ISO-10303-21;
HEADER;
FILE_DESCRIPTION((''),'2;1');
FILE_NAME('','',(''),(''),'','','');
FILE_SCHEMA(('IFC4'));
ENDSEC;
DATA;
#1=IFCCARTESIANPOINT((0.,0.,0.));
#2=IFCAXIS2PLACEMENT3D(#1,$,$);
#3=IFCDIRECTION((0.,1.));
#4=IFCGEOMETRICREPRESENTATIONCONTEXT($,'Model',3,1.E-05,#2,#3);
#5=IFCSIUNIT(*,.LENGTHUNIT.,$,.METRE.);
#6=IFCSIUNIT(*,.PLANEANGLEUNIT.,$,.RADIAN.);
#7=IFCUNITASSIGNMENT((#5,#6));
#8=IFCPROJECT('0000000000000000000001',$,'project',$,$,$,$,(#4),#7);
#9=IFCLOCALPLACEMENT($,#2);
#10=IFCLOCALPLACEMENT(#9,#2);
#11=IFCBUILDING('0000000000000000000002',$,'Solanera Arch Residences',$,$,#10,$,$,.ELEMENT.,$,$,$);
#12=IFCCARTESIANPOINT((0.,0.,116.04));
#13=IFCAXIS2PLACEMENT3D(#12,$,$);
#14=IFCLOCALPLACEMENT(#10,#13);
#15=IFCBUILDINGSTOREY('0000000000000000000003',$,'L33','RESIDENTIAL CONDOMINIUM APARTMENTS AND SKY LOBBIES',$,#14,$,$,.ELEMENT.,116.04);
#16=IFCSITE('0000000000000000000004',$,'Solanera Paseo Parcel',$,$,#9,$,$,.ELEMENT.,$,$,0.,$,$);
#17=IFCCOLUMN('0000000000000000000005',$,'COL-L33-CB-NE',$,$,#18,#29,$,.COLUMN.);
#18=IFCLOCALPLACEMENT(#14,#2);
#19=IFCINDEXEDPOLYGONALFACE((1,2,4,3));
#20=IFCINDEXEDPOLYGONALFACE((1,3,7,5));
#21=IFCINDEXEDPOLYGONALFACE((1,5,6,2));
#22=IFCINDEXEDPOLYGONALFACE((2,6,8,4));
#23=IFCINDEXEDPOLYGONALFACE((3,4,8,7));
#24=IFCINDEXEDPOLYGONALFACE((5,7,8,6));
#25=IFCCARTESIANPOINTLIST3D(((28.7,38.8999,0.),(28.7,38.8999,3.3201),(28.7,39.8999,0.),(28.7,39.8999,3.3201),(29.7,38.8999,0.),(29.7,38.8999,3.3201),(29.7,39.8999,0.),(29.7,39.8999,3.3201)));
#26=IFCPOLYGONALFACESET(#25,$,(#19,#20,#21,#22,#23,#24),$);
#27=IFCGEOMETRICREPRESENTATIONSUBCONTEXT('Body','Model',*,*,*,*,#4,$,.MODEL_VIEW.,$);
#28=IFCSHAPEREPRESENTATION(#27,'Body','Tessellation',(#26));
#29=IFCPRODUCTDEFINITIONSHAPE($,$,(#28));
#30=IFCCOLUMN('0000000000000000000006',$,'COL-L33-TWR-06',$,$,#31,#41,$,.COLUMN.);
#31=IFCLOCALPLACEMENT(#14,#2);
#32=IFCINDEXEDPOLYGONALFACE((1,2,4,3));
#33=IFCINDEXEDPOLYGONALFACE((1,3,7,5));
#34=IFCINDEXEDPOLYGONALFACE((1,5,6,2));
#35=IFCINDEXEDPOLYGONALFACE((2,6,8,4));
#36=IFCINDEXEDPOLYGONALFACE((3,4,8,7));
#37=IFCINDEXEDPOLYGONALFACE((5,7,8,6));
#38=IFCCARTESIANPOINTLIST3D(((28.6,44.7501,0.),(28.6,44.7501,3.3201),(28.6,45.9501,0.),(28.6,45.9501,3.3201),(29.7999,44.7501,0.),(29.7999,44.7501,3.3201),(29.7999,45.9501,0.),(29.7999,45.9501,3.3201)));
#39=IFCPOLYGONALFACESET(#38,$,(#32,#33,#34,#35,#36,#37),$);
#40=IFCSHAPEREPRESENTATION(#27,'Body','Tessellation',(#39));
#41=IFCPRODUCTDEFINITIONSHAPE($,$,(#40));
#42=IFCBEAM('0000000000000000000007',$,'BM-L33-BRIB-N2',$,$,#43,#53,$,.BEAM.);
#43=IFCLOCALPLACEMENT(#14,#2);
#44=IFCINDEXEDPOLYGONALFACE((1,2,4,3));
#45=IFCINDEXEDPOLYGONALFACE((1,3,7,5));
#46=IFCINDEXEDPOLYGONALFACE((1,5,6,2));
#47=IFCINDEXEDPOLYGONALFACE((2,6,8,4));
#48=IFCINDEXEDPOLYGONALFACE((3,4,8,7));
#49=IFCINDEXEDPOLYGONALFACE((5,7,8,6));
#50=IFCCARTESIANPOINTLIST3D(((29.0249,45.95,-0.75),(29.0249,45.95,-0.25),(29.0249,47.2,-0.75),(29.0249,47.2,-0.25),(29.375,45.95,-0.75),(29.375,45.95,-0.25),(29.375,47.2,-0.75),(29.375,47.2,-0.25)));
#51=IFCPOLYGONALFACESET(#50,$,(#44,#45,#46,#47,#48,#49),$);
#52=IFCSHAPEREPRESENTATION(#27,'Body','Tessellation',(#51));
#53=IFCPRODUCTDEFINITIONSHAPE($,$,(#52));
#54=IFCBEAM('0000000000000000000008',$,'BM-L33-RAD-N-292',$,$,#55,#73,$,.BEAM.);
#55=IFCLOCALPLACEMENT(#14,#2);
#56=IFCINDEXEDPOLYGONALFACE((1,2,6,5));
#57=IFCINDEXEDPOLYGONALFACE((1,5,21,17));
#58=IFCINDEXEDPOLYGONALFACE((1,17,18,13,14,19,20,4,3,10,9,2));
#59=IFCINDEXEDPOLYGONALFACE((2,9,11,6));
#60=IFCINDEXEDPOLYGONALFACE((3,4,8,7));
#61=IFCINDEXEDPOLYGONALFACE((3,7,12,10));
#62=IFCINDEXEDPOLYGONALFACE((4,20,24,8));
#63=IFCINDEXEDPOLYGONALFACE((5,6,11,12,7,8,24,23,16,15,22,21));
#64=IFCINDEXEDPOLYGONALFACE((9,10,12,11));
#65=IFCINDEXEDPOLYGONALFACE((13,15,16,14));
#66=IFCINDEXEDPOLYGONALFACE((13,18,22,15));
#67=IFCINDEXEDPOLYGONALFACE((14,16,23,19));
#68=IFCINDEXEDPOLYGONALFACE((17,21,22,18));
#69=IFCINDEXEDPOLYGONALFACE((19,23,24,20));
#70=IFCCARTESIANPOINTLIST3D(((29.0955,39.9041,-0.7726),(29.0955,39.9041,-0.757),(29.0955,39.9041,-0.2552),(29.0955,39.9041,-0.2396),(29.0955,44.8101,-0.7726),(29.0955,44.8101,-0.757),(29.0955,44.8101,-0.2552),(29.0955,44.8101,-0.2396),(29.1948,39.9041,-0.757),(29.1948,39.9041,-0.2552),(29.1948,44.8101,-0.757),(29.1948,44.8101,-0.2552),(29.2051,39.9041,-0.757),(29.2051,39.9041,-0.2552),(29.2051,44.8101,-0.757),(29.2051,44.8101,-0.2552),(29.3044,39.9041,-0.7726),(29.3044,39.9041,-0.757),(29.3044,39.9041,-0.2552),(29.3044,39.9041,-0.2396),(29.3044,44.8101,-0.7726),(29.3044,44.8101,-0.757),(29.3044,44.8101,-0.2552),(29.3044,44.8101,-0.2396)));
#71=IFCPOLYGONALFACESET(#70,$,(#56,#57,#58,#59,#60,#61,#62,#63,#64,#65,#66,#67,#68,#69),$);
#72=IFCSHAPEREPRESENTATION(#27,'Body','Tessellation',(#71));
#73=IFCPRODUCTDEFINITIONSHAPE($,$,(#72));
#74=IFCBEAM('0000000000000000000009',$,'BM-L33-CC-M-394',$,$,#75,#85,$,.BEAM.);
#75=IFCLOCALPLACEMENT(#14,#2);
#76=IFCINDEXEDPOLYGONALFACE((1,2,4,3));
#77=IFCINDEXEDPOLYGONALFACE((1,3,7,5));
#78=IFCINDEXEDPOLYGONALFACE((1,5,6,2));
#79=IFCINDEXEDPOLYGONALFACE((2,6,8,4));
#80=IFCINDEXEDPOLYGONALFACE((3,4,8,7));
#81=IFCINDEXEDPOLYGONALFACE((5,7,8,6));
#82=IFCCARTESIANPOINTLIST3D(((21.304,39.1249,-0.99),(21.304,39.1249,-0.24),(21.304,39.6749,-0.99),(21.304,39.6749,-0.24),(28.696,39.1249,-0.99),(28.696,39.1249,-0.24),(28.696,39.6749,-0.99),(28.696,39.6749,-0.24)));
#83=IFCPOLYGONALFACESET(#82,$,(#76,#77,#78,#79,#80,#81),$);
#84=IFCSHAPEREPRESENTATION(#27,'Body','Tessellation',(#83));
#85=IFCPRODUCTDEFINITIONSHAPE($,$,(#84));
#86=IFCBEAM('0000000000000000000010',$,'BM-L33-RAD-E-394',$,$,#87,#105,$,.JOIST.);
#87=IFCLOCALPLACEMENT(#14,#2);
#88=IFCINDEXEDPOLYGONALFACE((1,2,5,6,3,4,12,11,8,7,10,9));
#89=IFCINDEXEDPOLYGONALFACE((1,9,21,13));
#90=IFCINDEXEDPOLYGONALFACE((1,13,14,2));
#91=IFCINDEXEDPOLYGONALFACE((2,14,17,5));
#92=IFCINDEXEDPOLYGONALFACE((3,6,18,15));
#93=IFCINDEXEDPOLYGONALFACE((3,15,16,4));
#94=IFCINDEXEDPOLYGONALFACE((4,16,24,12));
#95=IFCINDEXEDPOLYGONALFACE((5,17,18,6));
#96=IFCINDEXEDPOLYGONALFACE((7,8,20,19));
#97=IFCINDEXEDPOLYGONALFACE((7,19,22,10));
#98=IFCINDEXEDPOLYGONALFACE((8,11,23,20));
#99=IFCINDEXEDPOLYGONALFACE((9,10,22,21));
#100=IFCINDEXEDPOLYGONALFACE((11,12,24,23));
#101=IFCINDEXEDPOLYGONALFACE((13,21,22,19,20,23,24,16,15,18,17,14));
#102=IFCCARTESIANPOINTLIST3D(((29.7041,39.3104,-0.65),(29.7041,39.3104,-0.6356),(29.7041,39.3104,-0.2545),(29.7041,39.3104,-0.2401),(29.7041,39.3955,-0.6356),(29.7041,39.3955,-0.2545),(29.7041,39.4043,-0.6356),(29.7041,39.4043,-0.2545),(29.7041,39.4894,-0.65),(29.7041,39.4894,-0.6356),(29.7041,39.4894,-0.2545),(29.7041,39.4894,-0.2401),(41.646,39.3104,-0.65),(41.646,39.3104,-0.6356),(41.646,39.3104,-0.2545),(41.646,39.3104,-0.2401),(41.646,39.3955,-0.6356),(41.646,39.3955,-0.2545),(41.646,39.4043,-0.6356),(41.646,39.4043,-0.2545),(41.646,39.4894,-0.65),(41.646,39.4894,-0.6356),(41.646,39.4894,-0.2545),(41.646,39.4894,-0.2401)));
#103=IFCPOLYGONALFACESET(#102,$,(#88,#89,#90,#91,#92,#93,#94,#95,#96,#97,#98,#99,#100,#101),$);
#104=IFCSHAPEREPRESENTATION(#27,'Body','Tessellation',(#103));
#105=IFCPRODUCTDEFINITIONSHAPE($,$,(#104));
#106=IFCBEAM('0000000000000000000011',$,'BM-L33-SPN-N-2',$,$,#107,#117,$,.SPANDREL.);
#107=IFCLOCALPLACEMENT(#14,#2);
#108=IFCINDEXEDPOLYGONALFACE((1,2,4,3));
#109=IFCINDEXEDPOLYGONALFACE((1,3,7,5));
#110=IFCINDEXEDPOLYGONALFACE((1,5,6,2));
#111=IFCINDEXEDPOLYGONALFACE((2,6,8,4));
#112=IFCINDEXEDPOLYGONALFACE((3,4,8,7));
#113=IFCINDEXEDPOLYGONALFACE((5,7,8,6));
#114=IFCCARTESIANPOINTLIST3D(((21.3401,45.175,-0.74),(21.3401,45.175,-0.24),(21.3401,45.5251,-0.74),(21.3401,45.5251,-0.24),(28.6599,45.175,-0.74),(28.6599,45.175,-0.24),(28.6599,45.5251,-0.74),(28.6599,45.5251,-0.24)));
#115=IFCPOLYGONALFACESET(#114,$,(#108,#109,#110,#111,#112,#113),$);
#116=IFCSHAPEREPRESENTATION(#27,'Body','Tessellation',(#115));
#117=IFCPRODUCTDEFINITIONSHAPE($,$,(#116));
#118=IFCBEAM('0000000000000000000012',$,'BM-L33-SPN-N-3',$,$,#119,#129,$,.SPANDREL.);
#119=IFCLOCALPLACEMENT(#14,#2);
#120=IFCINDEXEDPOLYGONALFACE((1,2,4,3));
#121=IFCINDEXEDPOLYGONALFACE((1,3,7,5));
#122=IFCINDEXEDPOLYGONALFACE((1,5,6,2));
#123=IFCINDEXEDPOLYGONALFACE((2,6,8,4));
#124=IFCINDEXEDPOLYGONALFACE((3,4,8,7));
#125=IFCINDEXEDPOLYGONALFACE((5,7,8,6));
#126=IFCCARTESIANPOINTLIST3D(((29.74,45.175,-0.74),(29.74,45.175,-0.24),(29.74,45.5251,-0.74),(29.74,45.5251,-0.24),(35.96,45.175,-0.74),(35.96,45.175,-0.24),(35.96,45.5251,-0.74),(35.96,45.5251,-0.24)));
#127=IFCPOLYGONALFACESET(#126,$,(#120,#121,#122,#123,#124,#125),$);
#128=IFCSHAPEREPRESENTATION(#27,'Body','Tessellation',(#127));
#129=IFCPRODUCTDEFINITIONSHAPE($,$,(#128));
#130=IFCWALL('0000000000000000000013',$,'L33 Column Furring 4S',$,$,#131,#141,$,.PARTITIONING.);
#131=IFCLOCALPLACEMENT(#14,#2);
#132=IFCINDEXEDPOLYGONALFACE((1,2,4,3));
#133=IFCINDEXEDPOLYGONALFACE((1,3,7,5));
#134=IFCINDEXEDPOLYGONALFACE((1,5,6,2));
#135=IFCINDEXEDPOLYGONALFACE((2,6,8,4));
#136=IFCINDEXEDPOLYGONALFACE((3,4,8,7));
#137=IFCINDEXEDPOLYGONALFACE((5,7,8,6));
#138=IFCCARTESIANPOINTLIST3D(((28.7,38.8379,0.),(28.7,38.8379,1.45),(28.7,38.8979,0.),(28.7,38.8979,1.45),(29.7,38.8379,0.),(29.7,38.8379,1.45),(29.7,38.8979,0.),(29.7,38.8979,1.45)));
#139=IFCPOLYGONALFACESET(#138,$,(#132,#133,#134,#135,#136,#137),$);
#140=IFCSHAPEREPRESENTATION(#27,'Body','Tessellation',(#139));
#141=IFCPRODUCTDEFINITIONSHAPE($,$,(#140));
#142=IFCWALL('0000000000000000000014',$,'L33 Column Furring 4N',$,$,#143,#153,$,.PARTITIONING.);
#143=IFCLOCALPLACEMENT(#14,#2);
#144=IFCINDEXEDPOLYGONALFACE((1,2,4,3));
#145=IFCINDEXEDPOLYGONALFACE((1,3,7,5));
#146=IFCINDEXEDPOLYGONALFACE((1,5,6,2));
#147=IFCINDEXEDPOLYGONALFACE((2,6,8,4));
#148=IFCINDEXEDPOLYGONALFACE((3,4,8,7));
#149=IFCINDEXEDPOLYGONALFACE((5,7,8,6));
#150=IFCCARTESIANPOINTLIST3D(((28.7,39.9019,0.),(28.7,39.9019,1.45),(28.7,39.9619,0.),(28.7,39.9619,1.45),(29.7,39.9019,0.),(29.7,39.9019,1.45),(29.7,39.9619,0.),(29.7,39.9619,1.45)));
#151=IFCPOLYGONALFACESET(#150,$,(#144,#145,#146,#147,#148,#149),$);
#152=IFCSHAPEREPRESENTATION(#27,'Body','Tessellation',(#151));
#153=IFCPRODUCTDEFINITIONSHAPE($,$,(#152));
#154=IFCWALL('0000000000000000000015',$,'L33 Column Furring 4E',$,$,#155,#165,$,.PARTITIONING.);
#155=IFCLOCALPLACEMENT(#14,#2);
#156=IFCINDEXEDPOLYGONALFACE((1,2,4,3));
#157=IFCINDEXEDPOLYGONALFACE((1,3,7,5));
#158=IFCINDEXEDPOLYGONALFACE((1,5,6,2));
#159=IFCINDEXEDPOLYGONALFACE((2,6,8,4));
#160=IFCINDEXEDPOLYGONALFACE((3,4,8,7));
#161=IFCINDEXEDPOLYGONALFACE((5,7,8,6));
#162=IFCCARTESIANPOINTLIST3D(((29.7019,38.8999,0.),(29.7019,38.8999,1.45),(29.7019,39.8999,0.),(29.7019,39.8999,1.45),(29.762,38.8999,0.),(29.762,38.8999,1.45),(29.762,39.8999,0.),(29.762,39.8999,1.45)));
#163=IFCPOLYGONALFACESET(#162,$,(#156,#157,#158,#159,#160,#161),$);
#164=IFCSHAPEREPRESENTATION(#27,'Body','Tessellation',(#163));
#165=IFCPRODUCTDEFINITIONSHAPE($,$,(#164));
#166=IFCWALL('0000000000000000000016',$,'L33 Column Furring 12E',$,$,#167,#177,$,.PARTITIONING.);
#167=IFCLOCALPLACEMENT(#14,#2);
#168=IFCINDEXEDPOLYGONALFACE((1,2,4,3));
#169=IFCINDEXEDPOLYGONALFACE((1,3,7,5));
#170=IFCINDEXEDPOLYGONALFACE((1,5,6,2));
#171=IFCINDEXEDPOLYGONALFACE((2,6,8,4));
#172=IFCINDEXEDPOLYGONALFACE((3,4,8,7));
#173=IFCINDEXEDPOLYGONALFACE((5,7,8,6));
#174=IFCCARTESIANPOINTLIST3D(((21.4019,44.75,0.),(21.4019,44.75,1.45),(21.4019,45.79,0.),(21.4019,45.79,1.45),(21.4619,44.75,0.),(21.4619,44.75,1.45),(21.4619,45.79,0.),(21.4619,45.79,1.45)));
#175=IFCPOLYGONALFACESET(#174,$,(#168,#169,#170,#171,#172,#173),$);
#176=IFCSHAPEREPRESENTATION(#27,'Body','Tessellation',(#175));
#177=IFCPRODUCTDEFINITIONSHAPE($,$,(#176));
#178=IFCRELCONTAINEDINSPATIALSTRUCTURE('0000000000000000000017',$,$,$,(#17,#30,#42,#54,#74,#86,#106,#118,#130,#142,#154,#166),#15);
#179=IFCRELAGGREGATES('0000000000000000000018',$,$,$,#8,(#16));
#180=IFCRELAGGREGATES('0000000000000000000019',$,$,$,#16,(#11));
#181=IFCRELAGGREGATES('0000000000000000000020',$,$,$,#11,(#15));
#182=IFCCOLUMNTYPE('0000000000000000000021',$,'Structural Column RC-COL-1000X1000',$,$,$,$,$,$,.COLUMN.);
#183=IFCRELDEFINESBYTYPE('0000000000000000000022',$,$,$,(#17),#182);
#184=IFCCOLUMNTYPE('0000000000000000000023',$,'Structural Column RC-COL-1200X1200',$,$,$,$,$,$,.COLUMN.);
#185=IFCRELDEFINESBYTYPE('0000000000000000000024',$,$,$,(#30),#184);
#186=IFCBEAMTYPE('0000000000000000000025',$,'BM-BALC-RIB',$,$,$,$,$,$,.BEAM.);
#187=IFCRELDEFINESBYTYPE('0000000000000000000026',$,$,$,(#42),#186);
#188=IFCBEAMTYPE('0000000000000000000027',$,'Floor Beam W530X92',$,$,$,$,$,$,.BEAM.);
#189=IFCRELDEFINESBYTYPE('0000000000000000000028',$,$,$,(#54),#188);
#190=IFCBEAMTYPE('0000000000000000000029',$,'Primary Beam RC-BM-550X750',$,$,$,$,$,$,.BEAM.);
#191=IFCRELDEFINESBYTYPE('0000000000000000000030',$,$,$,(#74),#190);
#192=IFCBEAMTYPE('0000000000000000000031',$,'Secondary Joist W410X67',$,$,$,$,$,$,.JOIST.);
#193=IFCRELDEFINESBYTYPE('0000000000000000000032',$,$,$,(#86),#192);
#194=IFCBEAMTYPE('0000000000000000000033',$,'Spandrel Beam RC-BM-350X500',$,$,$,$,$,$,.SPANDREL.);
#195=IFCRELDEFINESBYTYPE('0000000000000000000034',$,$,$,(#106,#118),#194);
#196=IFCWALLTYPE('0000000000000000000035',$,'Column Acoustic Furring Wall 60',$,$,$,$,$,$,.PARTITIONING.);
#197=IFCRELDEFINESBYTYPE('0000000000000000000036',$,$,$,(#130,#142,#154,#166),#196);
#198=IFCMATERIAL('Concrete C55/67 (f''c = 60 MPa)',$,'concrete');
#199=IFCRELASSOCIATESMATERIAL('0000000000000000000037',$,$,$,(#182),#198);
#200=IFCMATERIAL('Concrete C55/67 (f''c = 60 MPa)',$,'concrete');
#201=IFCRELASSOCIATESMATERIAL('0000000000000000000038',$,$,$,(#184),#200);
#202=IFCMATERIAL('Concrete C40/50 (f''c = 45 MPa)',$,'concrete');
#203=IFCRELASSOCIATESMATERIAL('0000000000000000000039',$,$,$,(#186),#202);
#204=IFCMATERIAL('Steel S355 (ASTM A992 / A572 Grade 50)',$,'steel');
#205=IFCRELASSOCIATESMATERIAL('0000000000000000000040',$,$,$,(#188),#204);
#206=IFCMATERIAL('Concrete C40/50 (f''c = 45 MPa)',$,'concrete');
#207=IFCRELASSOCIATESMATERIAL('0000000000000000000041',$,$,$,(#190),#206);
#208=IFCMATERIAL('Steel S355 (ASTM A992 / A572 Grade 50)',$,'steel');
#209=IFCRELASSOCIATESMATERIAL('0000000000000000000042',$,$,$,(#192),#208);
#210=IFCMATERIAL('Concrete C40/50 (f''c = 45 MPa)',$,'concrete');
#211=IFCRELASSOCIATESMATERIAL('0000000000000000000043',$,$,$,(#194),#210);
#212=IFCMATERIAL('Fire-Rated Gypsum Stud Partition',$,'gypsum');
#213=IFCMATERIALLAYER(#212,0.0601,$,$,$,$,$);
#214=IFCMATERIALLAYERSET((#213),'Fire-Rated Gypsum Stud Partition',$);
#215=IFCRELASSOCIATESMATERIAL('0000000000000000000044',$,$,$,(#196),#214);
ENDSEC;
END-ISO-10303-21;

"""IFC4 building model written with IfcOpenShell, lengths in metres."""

from ifc_helpers import new_model, si_unit, direction, frame, frame_2d, origin, origin_2d, place, context, subcontext, project, spatial, rectangle, i_section, extrude, material, layer, layer_set, material_profile, profile_set, type_object, element, save


model = new_model("IFC4")

# Units and contexts
model_context = context("Model", 3, precision=1e-05, world=origin(), true_north=direction((0.0, 1.0)))
body_context = subcontext(model_context, "Body", "Model", "MODEL_VIEW")
ifc_project = project(units=[si_unit("LENGTHUNIT", "METRE"), si_unit("PLANEANGLEUNIT", "RADIAN")], contexts=[model_context])

# Site, building, storey
site_placement = place(None, origin())
site = spatial("IfcSite", under=ifc_project, at=site_placement, Name="Solanera Paseo Parcel", CompositionType="ELEMENT", RefElevation=0.0)
building_placement = place(site_placement, origin())
building = spatial("IfcBuilding", under=site, at=building_placement, Name="Solanera Arch Residences", CompositionType="ELEMENT")
storey_placement = place(building_placement, frame((0.0, 0.0, 116.04)))
storey = spatial("IfcBuildingStorey", under=building, at=storey_placement, Name="L33", Description="RESIDENTIAL CONDOMINIUM APARTMENTS AND SKY LOBBIES", CompositionType="ELEMENT", Elevation=116.04)

# Columns
ifc_material_1 = material(Name="Concrete C55/67 (f'c = 60 MPa)", Category="concrete")
ifc_material_profile_1 = material_profile(ifc_material_1, rectangle(XDim=1.0, YDim=1.0, at=origin_2d()))
ifc_profile_set_1 = profile_set([ifc_material_profile_1], Name="Concrete C55/67 (f'c = 60 MPa)")
column_type_1 = type_object("IfcColumnType", Name="Structural Column RC-COL-1000X1000", PredefinedType="COLUMN", material=ifc_profile_set_1)
column_1_placement = place(storey_placement, frame((29.2, 39.3999, 0.0), z_axis=(0.0, 0.0, 1.0), x_axis=(1.0, 0.0, 0.0)))
element("IfcColumn", 1, at=column_1_placement, inside=storey, type_object=column_type_1, Name="COL-L33-CB-NE", PredefinedType="COLUMN", context=body_context, shape_type="SweptSolid", body=[
    extrude(rectangle(XDim=1.0, YDim=1.0, at=origin_2d()), origin(), (0.0, 0.0, 1.0), 3.3201),
])
ifc_material_2 = material(Name="Concrete C55/67 (f'c = 60 MPa)", Category="concrete")
ifc_material_profile_2 = material_profile(ifc_material_2, rectangle(XDim=1.2, YDim=1.2, at=origin_2d()))
ifc_profile_set_2 = profile_set([ifc_material_profile_2], Name="Concrete C55/67 (f'c = 60 MPa)")
column_type_2 = type_object("IfcColumnType", Name="Structural Column RC-COL-1200X1200", PredefinedType="COLUMN", material=ifc_profile_set_2)
column_2_placement = place(storey_placement, frame((29.2, 45.3501, 0.0), z_axis=(0.0, 0.0, 1.0), x_axis=(1.0, 0.0, 0.0)))
element("IfcColumn", 2, at=column_2_placement, inside=storey, type_object=column_type_2, Name="COL-L33-TWR-06", PredefinedType="COLUMN", context=body_context, shape_type="SweptSolid", body=[
    extrude(rectangle(XDim=1.2, YDim=1.2, at=origin_2d()), origin(), (0.0, 0.0, 1.0), 3.3201),
])

# Beams
ifc_material_3 = material(Name="Concrete C40/50 (f'c = 45 MPa)", Category="concrete")
ifc_material_profile_3 = material_profile(ifc_material_3, rectangle(XDim=0.3501, YDim=0.5, at=origin_2d()))
ifc_profile_set_3 = profile_set([ifc_material_profile_3], Name="Concrete C40/50 (f'c = 45 MPa)")
beam_type_1 = type_object("IfcBeamType", Name="BM-BALC-RIB", PredefinedType="BEAM", material=ifc_profile_set_3)
beam_1_placement = place(storey_placement, frame((29.2, 45.95, -0.5), z_axis=(0.0, 1.0, 0.0), x_axis=(-1.0, 0.0, 0.0)))
element("IfcBeam", 3, at=beam_1_placement, inside=storey, type_object=beam_type_1, Name="BM-L33-BRIB-N2", PredefinedType="BEAM", context=body_context, shape_type="SweptSolid", body=[
    extrude(rectangle(XDim=0.3501, YDim=0.5, at=origin_2d()), origin(), (0.0, 0.0, 1.0), 1.25),
])
ifc_material_4 = material(Name="Steel S355 (ASTM A992 / A572 Grade 50)", Category="steel")
ifc_material_profile_4 = material_profile(ifc_material_4, i_section(OverallWidth=0.209, OverallDepth=0.533, WebThickness=0.0103, FlangeThickness=0.0156, at=origin_2d()))
ifc_profile_set_4 = profile_set([ifc_material_profile_4], Name="Steel S355 (ASTM A992 / A572 Grade 50)")
beam_type_2 = type_object("IfcBeamType", Name="Floor Beam W530X92", PredefinedType="BEAM", material=ifc_profile_set_4)
beam_2_placement = place(storey_placement, frame((29.2, 39.9041, -0.5061), z_axis=(0.0, 1.0, 0.0), x_axis=(-1.0, 0.0, 0.0)))
element("IfcBeam", 4, at=beam_2_placement, inside=storey, type_object=beam_type_2, Name="BM-L33-RAD-N-292", PredefinedType="BEAM", context=body_context, shape_type="SweptSolid", body=[
    extrude(i_section(OverallWidth=0.209, OverallDepth=0.533, WebThickness=0.0103, FlangeThickness=0.0156, at=origin_2d()), origin(), (0.0, 0.0, 1.0), 4.906),
])
ifc_material_5 = material(Name="Concrete C40/50 (f'c = 45 MPa)", Category="concrete")
ifc_material_profile_5 = material_profile(ifc_material_5, rectangle(XDim=0.55, YDim=0.75, at=origin_2d()))
ifc_profile_set_5 = profile_set([ifc_material_profile_5], Name="Concrete C40/50 (f'c = 45 MPa)")
beam_type_3 = type_object("IfcBeamType", Name="Primary Beam RC-BM-550X750", PredefinedType="BEAM", material=ifc_profile_set_5)
beam_3_placement = place(storey_placement, frame((21.304, 39.3999, -0.615), z_axis=(1.0, 0.0, 0.0), x_axis=(0.0, 1.0, 0.0)))
element("IfcBeam", 5, at=beam_3_placement, inside=storey, type_object=beam_type_3, Name="BM-L33-CC-M-394", PredefinedType="BEAM", context=body_context, shape_type="SweptSolid", body=[
    extrude(rectangle(XDim=0.55, YDim=0.75, at=origin_2d()), origin(), (0.0, 0.0, 1.0), 7.3921),
])
ifc_material_6 = material(Name="Steel S355 (ASTM A992 / A572 Grade 50)", Category="steel")
ifc_material_profile_6 = material_profile(ifc_material_6, i_section(OverallWidth=0.179, OverallDepth=0.4099, WebThickness=0.0088, FlangeThickness=0.0144, at=origin_2d()))
ifc_profile_set_6 = profile_set([ifc_material_profile_6], Name="Steel S355 (ASTM A992 / A572 Grade 50)")
beam_type_4 = type_object("IfcBeamType", Name="Secondary Joist W410X67", PredefinedType="JOIST", material=ifc_profile_set_6)
beam_4_placement = place(storey_placement, frame((29.7041, 39.3999, -0.4451), z_axis=(1.0, 0.0, 0.0), x_axis=(0.0, 1.0, 0.0)))
element("IfcBeam", 6, at=beam_4_placement, inside=storey, type_object=beam_type_4, Name="BM-L33-RAD-E-394", PredefinedType="JOIST", context=body_context, shape_type="SweptSolid", body=[
    extrude(i_section(OverallWidth=0.179, OverallDepth=0.4099, WebThickness=0.0088, FlangeThickness=0.0144, at=origin_2d()), origin(), (0.0, 0.0, 1.0), 11.9419),
])
ifc_material_7 = material(Name="Concrete C40/50 (f'c = 45 MPa)", Category="concrete")
ifc_material_profile_7 = material_profile(ifc_material_7, rectangle(XDim=0.3501, YDim=0.5, at=origin_2d()))
ifc_profile_set_7 = profile_set([ifc_material_profile_7], Name="Concrete C40/50 (f'c = 45 MPa)")
beam_type_5 = type_object("IfcBeamType", Name="Spandrel Beam RC-BM-350X500", PredefinedType="SPANDREL", material=ifc_profile_set_7)
beam_5_placement = place(storey_placement, frame((21.3401, 45.3501, -0.49), z_axis=(1.0, 0.0, 0.0), x_axis=(0.0, 1.0, 0.0)))
element("IfcBeam", 7, at=beam_5_placement, inside=storey, type_object=beam_type_5, Name="BM-L33-SPN-N-2", PredefinedType="SPANDREL", context=body_context, shape_type="SweptSolid", body=[
    extrude(rectangle(XDim=0.3501, YDim=0.5, at=origin_2d()), origin(), (0.0, 0.0, 1.0), 7.3198),
])
beam_6_placement = place(storey_placement, frame((29.74, 45.3501, -0.49), z_axis=(1.0, 0.0, 0.0), x_axis=(0.0, 1.0, 0.0)))
element("IfcBeam", 8, at=beam_6_placement, inside=storey, type_object=beam_type_5, Name="BM-L33-SPN-N-3", PredefinedType="SPANDREL", context=body_context, shape_type="SweptSolid", body=[
    extrude(rectangle(XDim=0.3501, YDim=0.5, at=origin_2d()), origin(), (0.0, 0.0, 1.0), 6.22),
])

# Walls
ifc_material_8 = material(Name="Fire-Rated Gypsum Stud Partition", Category="gypsum")
ifc_layer_1 = layer(ifc_material_8, 0.0601)
ifc_layer_set_1 = layer_set([ifc_layer_1], Name="Fire-Rated Gypsum Stud Partition")
wall_type_1 = type_object("IfcWallType", Name="Column Acoustic Furring Wall 60", PredefinedType="PARTITIONING", material=ifc_layer_set_1)
for number, where, z_axis, x_axis, name in (
    (9, (28.7, 38.8679, 0.0), (0.0, 0.0, 1.0), (1.0, 0.0, 0.0), "L33 Column Furring 4S"),
    (10, (28.7, 39.9319, 0.0), (0.0, 0.0, 1.0), (1.0, 0.0, 0.0), "L33 Column Furring 4N"),
    (11, (29.7319, 38.8999, 0.0), (0.0, 0.0, 1.0), (0.0, 1.0, 0.0), "L33 Column Furring 4E"),
):
    element("IfcWall", number, at=place(storey_placement, frame(where, z_axis=z_axis, x_axis=x_axis)), inside=storey, type_object=wall_type_1, Name=name, PredefinedType="PARTITIONING", context=body_context, shape_type="SweptSolid", body=[
        extrude(rectangle(XDim=1.0, YDim=0.0601, at=frame_2d((0.5, 0.0))), origin(), (0.0, 0.0, 1.0), 1.45),
    ])
wall_1_placement = place(storey_placement, frame((21.4319, 44.75, 0.0), z_axis=(0.0, 0.0, 1.0), x_axis=(0.0, 1.0, 0.0)))
element("IfcWall", 12, at=wall_1_placement, inside=storey, type_object=wall_type_1, Name="L33 Column Furring 12E", PredefinedType="PARTITIONING", context=body_context, shape_type="SweptSolid", body=[
    extrude(rectangle(XDim=1.04, YDim=0.0601, at=frame_2d((0.52, 0.0))), origin(), (0.0, 0.0, 1.0), 1.45),
])

save(model, "model.ifc")
